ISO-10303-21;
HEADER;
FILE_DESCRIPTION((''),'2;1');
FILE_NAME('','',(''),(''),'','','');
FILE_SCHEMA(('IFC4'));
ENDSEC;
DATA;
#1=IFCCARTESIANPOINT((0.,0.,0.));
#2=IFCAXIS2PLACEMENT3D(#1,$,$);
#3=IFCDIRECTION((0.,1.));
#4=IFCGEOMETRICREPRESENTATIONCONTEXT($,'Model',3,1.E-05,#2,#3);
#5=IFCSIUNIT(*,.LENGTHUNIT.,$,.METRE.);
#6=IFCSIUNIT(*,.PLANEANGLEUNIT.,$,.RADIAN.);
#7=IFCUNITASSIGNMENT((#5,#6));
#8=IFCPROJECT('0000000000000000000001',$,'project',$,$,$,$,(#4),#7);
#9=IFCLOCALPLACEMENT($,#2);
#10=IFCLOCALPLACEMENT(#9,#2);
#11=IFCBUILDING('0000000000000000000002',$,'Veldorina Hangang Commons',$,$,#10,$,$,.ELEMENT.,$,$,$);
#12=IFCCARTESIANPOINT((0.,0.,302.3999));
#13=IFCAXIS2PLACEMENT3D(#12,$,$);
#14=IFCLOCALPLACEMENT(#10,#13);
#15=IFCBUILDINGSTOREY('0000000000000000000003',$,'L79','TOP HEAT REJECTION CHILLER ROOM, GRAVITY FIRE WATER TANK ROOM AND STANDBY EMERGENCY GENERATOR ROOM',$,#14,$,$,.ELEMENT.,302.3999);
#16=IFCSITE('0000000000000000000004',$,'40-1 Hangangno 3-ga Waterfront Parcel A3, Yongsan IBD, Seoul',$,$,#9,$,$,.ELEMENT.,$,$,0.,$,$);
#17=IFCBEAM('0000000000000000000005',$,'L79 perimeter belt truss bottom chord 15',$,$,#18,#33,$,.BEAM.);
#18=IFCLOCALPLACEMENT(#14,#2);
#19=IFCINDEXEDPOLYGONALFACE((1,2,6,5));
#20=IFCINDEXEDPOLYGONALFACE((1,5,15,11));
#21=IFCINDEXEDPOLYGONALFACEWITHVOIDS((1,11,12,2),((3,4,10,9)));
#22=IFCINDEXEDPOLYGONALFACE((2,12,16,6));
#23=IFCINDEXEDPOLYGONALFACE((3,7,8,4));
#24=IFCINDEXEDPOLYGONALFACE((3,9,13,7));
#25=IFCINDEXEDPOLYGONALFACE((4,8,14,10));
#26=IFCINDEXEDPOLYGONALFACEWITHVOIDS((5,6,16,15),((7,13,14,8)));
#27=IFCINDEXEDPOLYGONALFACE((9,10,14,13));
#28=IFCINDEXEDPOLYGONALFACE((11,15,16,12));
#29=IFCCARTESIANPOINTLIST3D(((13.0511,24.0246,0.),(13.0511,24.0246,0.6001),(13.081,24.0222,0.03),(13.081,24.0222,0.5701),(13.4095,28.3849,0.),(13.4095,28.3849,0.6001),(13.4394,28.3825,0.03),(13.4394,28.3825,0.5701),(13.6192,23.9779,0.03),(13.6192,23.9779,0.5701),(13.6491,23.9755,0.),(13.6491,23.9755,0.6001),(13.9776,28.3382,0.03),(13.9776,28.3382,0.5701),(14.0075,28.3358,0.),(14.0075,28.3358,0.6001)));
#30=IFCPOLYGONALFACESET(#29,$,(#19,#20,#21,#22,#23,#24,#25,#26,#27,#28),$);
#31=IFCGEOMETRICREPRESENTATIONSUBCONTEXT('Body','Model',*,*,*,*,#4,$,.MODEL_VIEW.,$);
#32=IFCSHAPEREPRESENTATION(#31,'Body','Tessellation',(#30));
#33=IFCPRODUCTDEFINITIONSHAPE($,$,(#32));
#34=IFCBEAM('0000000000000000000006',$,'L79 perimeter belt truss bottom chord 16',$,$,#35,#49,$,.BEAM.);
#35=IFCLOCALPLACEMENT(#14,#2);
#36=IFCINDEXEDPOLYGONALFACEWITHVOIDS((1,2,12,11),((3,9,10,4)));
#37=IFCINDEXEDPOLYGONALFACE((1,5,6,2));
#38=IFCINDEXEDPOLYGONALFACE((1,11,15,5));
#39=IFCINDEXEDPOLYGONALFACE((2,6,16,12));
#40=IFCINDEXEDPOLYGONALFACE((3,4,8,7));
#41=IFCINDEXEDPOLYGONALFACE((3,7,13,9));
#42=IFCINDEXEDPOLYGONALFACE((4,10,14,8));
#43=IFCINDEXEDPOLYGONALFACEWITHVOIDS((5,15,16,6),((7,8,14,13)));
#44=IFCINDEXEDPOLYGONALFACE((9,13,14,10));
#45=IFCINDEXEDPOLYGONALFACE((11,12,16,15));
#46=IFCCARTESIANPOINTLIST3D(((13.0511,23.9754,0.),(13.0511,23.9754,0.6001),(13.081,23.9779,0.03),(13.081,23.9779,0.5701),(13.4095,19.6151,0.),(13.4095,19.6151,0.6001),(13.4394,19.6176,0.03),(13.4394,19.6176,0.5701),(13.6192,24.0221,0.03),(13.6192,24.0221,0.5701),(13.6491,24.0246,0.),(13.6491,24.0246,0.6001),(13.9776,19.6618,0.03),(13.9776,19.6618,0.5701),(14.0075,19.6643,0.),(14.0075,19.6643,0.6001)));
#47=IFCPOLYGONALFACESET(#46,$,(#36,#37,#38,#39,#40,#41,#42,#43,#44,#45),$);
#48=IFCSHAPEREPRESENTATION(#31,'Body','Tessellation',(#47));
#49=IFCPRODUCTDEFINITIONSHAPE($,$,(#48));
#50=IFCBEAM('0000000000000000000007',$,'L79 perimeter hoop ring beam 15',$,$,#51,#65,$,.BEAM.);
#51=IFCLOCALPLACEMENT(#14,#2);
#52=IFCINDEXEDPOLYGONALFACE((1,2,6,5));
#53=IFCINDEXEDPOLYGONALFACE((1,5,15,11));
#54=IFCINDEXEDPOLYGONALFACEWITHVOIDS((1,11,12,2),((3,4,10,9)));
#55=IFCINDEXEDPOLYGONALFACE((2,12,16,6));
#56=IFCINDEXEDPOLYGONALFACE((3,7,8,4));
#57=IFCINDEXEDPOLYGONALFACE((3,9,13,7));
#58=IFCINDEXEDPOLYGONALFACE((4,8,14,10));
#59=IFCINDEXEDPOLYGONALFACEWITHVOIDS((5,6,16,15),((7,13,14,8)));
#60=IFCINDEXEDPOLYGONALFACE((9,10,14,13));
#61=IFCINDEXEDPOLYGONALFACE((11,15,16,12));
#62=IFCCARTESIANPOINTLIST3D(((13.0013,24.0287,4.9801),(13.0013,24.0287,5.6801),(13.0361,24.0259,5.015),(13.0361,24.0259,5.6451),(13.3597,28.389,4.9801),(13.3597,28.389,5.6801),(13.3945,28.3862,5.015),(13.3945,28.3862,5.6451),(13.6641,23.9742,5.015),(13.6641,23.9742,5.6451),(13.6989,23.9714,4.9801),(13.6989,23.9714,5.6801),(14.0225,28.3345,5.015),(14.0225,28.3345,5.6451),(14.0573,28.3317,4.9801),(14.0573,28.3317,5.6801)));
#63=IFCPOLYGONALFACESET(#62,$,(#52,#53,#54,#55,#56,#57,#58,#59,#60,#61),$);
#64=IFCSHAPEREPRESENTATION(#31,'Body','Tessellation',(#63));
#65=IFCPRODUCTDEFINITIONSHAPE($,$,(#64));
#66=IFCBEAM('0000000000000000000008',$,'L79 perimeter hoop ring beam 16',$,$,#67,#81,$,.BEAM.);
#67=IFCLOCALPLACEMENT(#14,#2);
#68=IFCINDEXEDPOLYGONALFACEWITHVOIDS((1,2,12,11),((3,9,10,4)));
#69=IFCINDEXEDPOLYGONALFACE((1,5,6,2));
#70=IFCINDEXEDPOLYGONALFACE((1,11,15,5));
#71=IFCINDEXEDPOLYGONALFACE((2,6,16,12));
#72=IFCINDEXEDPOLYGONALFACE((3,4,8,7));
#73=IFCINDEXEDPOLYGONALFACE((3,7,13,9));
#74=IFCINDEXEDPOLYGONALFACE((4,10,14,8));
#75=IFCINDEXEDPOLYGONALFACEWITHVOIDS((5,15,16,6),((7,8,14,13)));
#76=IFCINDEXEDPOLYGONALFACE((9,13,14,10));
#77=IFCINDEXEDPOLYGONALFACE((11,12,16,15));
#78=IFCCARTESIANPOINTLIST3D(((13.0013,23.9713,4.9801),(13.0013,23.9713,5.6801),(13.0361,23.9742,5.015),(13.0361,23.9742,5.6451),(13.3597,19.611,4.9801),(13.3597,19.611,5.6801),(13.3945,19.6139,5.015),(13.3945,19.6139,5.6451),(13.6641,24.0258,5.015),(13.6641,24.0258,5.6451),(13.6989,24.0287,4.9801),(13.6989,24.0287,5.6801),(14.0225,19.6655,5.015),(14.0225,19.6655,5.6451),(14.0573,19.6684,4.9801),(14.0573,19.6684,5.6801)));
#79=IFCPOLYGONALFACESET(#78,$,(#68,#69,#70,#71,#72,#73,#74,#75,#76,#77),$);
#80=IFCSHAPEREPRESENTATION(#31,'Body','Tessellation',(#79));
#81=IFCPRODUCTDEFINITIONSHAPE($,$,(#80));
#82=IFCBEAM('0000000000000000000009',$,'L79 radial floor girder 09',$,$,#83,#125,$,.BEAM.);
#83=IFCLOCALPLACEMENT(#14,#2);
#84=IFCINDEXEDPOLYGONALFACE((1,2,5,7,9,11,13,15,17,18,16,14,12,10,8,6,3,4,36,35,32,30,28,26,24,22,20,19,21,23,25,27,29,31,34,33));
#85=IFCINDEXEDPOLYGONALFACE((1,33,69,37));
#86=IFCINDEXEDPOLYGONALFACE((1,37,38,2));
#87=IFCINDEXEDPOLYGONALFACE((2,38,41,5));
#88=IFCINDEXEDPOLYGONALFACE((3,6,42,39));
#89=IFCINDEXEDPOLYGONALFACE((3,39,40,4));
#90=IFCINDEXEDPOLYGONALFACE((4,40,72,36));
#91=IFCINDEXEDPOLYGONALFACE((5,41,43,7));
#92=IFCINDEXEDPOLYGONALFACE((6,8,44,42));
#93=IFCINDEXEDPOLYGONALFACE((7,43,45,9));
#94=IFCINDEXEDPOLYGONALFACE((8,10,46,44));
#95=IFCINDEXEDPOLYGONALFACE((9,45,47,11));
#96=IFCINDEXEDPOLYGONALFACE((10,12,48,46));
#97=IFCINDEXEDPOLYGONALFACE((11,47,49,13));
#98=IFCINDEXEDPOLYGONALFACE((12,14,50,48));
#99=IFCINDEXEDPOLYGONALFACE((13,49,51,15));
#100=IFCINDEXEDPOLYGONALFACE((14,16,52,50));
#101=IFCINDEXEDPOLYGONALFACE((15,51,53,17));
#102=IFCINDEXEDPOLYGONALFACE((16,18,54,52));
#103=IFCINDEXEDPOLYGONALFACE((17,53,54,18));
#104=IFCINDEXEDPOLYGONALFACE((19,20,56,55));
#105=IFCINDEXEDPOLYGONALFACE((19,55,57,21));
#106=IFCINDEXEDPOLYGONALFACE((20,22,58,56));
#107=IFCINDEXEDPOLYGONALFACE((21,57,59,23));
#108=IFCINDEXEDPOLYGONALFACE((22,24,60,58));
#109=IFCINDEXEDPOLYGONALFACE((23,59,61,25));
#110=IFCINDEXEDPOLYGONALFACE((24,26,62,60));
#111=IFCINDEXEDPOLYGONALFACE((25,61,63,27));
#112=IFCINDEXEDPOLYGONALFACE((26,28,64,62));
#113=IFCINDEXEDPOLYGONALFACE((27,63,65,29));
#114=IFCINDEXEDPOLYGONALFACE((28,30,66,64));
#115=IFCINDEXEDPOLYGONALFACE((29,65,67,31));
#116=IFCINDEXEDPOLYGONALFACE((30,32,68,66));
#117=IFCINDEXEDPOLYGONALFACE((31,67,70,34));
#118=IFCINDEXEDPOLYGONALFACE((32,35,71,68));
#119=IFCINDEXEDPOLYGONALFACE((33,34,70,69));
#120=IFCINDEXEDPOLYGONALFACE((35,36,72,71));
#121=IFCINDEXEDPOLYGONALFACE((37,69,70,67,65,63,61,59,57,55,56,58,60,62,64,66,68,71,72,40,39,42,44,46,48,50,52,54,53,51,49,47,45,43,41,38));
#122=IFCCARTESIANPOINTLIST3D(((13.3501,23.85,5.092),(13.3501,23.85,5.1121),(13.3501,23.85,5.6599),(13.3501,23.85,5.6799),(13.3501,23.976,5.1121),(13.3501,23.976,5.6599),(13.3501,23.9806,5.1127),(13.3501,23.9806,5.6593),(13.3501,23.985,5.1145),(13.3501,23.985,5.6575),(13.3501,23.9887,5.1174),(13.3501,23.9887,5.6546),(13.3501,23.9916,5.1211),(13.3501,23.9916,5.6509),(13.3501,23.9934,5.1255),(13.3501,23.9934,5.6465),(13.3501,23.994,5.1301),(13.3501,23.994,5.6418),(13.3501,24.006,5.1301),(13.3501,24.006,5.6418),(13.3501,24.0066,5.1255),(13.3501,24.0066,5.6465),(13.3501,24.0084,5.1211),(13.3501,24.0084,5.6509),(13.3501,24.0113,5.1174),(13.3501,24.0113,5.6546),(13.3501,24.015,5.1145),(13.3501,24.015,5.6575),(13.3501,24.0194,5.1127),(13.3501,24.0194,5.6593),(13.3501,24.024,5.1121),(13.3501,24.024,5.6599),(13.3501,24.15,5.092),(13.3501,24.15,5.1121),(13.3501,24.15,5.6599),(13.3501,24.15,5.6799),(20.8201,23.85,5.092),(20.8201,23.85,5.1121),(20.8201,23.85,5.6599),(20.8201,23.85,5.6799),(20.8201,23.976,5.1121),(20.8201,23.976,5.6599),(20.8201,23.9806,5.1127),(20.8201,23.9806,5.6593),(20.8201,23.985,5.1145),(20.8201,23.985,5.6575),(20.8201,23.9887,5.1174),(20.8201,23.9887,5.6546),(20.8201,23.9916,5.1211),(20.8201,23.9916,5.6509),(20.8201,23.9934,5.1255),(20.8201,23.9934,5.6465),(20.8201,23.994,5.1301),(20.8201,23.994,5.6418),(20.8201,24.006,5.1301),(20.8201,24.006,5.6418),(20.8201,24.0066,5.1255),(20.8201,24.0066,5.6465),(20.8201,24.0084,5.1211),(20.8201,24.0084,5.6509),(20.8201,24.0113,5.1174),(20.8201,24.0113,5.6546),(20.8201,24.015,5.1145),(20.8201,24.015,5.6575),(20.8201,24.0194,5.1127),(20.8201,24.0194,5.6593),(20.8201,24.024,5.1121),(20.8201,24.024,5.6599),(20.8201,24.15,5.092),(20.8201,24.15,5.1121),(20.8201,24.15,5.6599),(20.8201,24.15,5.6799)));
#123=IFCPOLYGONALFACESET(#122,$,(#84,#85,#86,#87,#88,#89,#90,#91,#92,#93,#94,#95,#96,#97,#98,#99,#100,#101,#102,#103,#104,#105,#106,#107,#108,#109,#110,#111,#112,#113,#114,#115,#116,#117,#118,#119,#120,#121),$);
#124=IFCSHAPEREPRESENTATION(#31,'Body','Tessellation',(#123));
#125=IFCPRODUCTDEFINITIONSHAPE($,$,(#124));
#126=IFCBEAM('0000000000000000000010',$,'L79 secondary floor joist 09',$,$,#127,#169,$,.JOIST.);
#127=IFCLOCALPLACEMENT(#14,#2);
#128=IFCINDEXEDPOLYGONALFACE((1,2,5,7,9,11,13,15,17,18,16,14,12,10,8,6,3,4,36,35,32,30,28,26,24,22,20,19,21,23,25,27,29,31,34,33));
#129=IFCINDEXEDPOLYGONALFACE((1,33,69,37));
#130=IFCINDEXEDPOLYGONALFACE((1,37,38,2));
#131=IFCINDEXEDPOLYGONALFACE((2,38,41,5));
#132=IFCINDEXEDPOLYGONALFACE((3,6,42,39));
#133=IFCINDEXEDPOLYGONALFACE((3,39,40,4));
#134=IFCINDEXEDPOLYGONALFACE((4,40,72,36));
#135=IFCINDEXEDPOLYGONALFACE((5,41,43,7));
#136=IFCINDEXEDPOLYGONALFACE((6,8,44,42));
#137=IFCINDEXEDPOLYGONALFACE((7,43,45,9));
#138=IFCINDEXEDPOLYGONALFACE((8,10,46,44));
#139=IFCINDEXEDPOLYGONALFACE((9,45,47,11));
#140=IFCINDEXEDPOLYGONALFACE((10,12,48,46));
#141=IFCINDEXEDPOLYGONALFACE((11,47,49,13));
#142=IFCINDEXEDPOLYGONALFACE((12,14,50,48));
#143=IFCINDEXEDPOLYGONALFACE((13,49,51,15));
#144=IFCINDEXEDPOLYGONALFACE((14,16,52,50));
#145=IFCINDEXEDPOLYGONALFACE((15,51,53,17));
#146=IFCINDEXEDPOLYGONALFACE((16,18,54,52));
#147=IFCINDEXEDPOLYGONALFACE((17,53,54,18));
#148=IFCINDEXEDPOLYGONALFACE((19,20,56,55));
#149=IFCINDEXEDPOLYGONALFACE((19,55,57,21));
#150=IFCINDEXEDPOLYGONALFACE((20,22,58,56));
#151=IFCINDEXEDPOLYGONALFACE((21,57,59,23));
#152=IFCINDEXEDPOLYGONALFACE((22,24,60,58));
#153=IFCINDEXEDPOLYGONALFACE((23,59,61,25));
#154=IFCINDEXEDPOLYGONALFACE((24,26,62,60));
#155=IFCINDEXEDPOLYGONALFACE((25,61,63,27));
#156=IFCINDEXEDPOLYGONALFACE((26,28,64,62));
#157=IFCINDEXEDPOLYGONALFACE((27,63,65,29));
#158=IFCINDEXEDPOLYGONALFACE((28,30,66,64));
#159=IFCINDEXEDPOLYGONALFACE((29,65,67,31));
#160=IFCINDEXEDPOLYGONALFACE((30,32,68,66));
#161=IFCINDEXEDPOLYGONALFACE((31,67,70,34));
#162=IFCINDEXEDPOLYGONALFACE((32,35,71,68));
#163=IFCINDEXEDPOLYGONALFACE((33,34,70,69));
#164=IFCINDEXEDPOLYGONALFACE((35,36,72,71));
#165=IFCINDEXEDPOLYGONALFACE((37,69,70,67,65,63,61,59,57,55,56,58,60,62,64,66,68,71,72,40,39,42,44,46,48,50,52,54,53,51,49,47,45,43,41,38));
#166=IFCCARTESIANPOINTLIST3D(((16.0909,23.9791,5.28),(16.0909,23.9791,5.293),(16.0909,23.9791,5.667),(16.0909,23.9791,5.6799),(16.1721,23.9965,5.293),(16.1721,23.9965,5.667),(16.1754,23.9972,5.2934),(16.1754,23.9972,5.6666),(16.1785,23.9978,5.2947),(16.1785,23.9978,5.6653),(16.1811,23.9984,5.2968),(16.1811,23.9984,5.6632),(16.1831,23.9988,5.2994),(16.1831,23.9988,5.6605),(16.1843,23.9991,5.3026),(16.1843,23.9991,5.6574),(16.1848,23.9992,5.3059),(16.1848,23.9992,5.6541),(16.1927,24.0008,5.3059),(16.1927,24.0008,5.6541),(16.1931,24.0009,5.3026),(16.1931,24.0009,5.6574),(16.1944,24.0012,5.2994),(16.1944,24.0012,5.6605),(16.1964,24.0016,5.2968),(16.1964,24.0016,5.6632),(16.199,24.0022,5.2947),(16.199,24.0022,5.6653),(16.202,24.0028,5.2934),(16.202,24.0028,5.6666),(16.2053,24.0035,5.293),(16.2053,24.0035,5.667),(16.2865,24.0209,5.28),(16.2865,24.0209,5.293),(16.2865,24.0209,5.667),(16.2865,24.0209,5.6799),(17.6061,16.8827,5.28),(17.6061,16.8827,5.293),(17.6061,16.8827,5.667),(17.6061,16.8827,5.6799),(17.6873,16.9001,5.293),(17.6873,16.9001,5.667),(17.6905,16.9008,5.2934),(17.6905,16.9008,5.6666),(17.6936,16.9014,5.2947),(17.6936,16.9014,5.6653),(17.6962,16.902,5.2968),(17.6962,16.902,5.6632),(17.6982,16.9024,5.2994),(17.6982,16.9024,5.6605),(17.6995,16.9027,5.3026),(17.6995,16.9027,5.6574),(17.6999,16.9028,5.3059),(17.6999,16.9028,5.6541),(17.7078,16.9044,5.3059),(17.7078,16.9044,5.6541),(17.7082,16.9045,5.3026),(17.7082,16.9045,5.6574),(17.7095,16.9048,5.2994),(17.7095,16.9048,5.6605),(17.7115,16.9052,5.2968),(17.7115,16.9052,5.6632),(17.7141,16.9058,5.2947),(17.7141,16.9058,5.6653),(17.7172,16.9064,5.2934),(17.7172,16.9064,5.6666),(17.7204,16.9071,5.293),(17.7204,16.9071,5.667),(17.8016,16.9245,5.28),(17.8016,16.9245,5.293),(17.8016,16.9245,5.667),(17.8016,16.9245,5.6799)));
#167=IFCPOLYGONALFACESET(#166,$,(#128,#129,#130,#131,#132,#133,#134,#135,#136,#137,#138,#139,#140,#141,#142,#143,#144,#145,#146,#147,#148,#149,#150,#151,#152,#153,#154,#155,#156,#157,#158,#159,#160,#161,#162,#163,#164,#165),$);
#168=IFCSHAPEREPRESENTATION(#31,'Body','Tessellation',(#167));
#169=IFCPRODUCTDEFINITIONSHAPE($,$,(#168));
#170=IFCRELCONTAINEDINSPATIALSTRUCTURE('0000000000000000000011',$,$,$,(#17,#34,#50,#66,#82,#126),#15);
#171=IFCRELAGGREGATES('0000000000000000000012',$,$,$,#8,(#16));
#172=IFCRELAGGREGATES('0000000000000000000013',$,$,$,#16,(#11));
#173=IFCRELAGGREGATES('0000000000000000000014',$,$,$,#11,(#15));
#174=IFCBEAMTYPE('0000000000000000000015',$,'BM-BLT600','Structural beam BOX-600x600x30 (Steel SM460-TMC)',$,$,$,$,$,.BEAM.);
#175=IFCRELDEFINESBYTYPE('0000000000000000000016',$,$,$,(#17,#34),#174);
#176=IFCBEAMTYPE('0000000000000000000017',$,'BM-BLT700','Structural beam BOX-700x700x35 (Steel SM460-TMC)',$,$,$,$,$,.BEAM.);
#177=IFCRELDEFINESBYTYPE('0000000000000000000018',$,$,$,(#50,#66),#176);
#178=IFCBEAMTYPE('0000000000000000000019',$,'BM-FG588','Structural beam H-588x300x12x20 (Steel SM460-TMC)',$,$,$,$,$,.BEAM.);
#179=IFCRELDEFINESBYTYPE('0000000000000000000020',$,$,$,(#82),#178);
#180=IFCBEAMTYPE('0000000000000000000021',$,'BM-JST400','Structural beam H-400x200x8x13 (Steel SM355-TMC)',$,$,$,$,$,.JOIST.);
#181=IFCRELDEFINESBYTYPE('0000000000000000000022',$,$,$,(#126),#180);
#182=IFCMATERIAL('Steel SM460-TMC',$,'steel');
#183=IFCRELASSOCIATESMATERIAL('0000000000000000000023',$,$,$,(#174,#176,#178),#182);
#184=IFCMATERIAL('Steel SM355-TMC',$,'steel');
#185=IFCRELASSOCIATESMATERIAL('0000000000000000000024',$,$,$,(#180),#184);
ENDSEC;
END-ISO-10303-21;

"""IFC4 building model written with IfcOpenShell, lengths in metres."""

from ifc_helpers import new_model, si_unit, direction, frame, origin, origin_2d, place, context, subcontext, project, spatial, hollow_rectangle, i_section, extrude, material, material_profile, profile_set, type_object, element, save


model = new_model("IFC4")

# Units and contexts
model_context = context("Model", 3, precision=1e-05, world=origin(), true_north=direction((0.0, 1.0)))
body_context = subcontext(model_context, "Body", "Model", "MODEL_VIEW")
ifc_project = project(units=[si_unit("LENGTHUNIT", "METRE"), si_unit("PLANEANGLEUNIT", "RADIAN")], contexts=[model_context])

# Site, building, storey
site_placement = place(None, origin())
site = spatial("IfcSite", under=ifc_project, at=site_placement, Name="40-1 Hangangno 3-ga Waterfront Parcel A3, Yongsan IBD, Seoul", CompositionType="ELEMENT", RefElevation=0.0)
building_placement = place(site_placement, origin())
building = spatial("IfcBuilding", under=site, at=building_placement, Name="Veldorina Hangang Commons", CompositionType="ELEMENT")
storey_placement = place(building_placement, frame((0.0, 0.0, 302.3999)))
storey = spatial("IfcBuildingStorey", under=building, at=storey_placement, Name="L79", Description="TOP HEAT REJECTION CHILLER ROOM, GRAVITY FIRE WATER TANK ROOM AND STANDBY EMERGENCY GENERATOR ROOM", CompositionType="ELEMENT", Elevation=302.3999)

# Beams
ifc_material_1 = material(Name="Steel SM460-TMC", Category="steel")
ifc_material_profile_1 = material_profile(ifc_material_1, hollow_rectangle(XDim=0.6001, YDim=0.6001, WallThickness=0.03, at=origin_2d()), Name="BOX-600x600x30")
ifc_profile_set_1 = profile_set([ifc_material_profile_1], Name="Steel SM460-TMC")
beam_type_1 = type_object("IfcBeamType", Name="BM-BLT600", Description="Structural beam BOX-600x600x30 (Steel SM460-TMC)", PredefinedType="BEAM", material=ifc_profile_set_1)
for number, where, z_axis, x_axis, name in (
    (1, (13.7085, 28.3604, 0.3), (-0.081919, -0.996639, 0.0), (0.996639, -0.081919, 0.0), "L79 perimeter belt truss bottom chord 15"),
    (2, (13.3501, 24.0, 0.3), (0.081919, -0.996639, 0.0), (0.996639, 0.081919, 0.0), "L79 perimeter belt truss bottom chord 16"),
):
    element("IfcBeam", number, at=place(storey_placement, frame(where, z_axis=z_axis, x_axis=x_axis)), inside=storey, type_object=beam_type_1, Name=name, PredefinedType="BEAM", context=body_context, shape_type="SweptSolid", body=[
        extrude(hollow_rectangle(XDim=0.6001, YDim=0.6001, WallThickness=0.03, at=origin_2d()), origin(), (0.0, 0.0, 1.0), 4.375),
    ])
ifc_material_profile_2 = material_profile(ifc_material_1, hollow_rectangle(XDim=0.7, YDim=0.7, WallThickness=0.0349, at=origin_2d()), Name="BOX-700x700x35")
ifc_profile_set_2 = profile_set([ifc_material_profile_2], Name="Steel SM460-TMC")
beam_type_2 = type_object("IfcBeamType", Name="BM-BLT700", Description="Structural beam BOX-700x700x35 (Steel SM460-TMC)", PredefinedType="BEAM", material=ifc_profile_set_2)
for number, where, z_axis, x_axis, name in (
    (3, (13.7085, 28.3604, 5.3301), (-0.081919, -0.996639, 0.0), (0.996639, -0.081919, 0.0), "L79 perimeter hoop ring beam 15"),
    (4, (13.3501, 24.0, 5.3301), (0.081919, -0.996639, 0.0), (0.996639, 0.081919, 0.0), "L79 perimeter hoop ring beam 16"),
):
    element("IfcBeam", number, at=place(storey_placement, frame(where, z_axis=z_axis, x_axis=x_axis)), inside=storey, type_object=beam_type_2, Name=name, PredefinedType="BEAM", context=body_context, shape_type="SweptSolid", body=[
        extrude(hollow_rectangle(XDim=0.7, YDim=0.7, WallThickness=0.0349, at=origin_2d()), origin(), (0.0, 0.0, 1.0), 4.375),
    ])
ifc_material_profile_3 = material_profile(ifc_material_1, i_section(OverallWidth=0.3, OverallDepth=0.5879, WebThickness=0.012, FlangeThickness=0.02, FilletRadius=0.0181, at=origin_2d()), Name="H-588x300x12x20")
ifc_profile_set_3 = profile_set([ifc_material_profile_3], Name="Steel SM460-TMC")
beam_type_3 = type_object("IfcBeamType", Name="BM-FG588", Description="Structural beam H-588x300x12x20 (Steel SM460-TMC)", PredefinedType="BEAM", material=ifc_profile_set_3)
beam_1_placement = place(storey_placement, frame((20.8201, 24.0, 5.386), z_axis=(-1.0, 0.0, 0.0), x_axis=(0.0, -1.0, 0.0)))
element("IfcBeam", 5, at=beam_1_placement, inside=storey, type_object=beam_type_3, Name="L79 radial floor girder 09", PredefinedType="BEAM", context=body_context, shape_type="SweptSolid", body=[
    extrude(i_section(OverallWidth=0.3, OverallDepth=0.5879, WebThickness=0.012, FlangeThickness=0.02, FilletRadius=0.0181, at=origin_2d()), origin(), (0.0, 0.0, 1.0), 7.47),
])
ifc_material_2 = material(Name="Steel SM355-TMC", Category="steel")
ifc_material_profile_4 = material_profile(ifc_material_2, i_section(OverallWidth=0.2, OverallDepth=0.3999, WebThickness=0.0081, FlangeThickness=0.0129, FilletRadius=0.0129, at=origin_2d()), Name="H-400x200x8x13")
ifc_profile_set_4 = profile_set([ifc_material_profile_4], Name="Steel SM355-TMC")
beam_type_4 = type_object("IfcBeamType", Name="BM-JST400", Description="Structural beam H-400x200x8x13 (Steel SM355-TMC)", PredefinedType="JOIST", material=ifc_profile_set_4)
beam_2_placement = place(storey_placement, frame((16.1887, 24.0, 5.48), z_axis=(0.208801, -0.977958, 0.0), x_axis=(0.977958, 0.208801, 0.0)))
element("IfcBeam", 6, at=beam_2_placement, inside=storey, type_object=beam_type_4, Name="L79 secondary floor joist 09", PredefinedType="JOIST", context=body_context, shape_type="SweptSolid", body=[
    extrude(i_section(OverallWidth=0.2, OverallDepth=0.3999, WebThickness=0.0081, FlangeThickness=0.0129, FilletRadius=0.0129, at=origin_2d()), origin(), (0.0, 0.0, 1.0), 7.2563),
])

save(model, "model.ifc")
